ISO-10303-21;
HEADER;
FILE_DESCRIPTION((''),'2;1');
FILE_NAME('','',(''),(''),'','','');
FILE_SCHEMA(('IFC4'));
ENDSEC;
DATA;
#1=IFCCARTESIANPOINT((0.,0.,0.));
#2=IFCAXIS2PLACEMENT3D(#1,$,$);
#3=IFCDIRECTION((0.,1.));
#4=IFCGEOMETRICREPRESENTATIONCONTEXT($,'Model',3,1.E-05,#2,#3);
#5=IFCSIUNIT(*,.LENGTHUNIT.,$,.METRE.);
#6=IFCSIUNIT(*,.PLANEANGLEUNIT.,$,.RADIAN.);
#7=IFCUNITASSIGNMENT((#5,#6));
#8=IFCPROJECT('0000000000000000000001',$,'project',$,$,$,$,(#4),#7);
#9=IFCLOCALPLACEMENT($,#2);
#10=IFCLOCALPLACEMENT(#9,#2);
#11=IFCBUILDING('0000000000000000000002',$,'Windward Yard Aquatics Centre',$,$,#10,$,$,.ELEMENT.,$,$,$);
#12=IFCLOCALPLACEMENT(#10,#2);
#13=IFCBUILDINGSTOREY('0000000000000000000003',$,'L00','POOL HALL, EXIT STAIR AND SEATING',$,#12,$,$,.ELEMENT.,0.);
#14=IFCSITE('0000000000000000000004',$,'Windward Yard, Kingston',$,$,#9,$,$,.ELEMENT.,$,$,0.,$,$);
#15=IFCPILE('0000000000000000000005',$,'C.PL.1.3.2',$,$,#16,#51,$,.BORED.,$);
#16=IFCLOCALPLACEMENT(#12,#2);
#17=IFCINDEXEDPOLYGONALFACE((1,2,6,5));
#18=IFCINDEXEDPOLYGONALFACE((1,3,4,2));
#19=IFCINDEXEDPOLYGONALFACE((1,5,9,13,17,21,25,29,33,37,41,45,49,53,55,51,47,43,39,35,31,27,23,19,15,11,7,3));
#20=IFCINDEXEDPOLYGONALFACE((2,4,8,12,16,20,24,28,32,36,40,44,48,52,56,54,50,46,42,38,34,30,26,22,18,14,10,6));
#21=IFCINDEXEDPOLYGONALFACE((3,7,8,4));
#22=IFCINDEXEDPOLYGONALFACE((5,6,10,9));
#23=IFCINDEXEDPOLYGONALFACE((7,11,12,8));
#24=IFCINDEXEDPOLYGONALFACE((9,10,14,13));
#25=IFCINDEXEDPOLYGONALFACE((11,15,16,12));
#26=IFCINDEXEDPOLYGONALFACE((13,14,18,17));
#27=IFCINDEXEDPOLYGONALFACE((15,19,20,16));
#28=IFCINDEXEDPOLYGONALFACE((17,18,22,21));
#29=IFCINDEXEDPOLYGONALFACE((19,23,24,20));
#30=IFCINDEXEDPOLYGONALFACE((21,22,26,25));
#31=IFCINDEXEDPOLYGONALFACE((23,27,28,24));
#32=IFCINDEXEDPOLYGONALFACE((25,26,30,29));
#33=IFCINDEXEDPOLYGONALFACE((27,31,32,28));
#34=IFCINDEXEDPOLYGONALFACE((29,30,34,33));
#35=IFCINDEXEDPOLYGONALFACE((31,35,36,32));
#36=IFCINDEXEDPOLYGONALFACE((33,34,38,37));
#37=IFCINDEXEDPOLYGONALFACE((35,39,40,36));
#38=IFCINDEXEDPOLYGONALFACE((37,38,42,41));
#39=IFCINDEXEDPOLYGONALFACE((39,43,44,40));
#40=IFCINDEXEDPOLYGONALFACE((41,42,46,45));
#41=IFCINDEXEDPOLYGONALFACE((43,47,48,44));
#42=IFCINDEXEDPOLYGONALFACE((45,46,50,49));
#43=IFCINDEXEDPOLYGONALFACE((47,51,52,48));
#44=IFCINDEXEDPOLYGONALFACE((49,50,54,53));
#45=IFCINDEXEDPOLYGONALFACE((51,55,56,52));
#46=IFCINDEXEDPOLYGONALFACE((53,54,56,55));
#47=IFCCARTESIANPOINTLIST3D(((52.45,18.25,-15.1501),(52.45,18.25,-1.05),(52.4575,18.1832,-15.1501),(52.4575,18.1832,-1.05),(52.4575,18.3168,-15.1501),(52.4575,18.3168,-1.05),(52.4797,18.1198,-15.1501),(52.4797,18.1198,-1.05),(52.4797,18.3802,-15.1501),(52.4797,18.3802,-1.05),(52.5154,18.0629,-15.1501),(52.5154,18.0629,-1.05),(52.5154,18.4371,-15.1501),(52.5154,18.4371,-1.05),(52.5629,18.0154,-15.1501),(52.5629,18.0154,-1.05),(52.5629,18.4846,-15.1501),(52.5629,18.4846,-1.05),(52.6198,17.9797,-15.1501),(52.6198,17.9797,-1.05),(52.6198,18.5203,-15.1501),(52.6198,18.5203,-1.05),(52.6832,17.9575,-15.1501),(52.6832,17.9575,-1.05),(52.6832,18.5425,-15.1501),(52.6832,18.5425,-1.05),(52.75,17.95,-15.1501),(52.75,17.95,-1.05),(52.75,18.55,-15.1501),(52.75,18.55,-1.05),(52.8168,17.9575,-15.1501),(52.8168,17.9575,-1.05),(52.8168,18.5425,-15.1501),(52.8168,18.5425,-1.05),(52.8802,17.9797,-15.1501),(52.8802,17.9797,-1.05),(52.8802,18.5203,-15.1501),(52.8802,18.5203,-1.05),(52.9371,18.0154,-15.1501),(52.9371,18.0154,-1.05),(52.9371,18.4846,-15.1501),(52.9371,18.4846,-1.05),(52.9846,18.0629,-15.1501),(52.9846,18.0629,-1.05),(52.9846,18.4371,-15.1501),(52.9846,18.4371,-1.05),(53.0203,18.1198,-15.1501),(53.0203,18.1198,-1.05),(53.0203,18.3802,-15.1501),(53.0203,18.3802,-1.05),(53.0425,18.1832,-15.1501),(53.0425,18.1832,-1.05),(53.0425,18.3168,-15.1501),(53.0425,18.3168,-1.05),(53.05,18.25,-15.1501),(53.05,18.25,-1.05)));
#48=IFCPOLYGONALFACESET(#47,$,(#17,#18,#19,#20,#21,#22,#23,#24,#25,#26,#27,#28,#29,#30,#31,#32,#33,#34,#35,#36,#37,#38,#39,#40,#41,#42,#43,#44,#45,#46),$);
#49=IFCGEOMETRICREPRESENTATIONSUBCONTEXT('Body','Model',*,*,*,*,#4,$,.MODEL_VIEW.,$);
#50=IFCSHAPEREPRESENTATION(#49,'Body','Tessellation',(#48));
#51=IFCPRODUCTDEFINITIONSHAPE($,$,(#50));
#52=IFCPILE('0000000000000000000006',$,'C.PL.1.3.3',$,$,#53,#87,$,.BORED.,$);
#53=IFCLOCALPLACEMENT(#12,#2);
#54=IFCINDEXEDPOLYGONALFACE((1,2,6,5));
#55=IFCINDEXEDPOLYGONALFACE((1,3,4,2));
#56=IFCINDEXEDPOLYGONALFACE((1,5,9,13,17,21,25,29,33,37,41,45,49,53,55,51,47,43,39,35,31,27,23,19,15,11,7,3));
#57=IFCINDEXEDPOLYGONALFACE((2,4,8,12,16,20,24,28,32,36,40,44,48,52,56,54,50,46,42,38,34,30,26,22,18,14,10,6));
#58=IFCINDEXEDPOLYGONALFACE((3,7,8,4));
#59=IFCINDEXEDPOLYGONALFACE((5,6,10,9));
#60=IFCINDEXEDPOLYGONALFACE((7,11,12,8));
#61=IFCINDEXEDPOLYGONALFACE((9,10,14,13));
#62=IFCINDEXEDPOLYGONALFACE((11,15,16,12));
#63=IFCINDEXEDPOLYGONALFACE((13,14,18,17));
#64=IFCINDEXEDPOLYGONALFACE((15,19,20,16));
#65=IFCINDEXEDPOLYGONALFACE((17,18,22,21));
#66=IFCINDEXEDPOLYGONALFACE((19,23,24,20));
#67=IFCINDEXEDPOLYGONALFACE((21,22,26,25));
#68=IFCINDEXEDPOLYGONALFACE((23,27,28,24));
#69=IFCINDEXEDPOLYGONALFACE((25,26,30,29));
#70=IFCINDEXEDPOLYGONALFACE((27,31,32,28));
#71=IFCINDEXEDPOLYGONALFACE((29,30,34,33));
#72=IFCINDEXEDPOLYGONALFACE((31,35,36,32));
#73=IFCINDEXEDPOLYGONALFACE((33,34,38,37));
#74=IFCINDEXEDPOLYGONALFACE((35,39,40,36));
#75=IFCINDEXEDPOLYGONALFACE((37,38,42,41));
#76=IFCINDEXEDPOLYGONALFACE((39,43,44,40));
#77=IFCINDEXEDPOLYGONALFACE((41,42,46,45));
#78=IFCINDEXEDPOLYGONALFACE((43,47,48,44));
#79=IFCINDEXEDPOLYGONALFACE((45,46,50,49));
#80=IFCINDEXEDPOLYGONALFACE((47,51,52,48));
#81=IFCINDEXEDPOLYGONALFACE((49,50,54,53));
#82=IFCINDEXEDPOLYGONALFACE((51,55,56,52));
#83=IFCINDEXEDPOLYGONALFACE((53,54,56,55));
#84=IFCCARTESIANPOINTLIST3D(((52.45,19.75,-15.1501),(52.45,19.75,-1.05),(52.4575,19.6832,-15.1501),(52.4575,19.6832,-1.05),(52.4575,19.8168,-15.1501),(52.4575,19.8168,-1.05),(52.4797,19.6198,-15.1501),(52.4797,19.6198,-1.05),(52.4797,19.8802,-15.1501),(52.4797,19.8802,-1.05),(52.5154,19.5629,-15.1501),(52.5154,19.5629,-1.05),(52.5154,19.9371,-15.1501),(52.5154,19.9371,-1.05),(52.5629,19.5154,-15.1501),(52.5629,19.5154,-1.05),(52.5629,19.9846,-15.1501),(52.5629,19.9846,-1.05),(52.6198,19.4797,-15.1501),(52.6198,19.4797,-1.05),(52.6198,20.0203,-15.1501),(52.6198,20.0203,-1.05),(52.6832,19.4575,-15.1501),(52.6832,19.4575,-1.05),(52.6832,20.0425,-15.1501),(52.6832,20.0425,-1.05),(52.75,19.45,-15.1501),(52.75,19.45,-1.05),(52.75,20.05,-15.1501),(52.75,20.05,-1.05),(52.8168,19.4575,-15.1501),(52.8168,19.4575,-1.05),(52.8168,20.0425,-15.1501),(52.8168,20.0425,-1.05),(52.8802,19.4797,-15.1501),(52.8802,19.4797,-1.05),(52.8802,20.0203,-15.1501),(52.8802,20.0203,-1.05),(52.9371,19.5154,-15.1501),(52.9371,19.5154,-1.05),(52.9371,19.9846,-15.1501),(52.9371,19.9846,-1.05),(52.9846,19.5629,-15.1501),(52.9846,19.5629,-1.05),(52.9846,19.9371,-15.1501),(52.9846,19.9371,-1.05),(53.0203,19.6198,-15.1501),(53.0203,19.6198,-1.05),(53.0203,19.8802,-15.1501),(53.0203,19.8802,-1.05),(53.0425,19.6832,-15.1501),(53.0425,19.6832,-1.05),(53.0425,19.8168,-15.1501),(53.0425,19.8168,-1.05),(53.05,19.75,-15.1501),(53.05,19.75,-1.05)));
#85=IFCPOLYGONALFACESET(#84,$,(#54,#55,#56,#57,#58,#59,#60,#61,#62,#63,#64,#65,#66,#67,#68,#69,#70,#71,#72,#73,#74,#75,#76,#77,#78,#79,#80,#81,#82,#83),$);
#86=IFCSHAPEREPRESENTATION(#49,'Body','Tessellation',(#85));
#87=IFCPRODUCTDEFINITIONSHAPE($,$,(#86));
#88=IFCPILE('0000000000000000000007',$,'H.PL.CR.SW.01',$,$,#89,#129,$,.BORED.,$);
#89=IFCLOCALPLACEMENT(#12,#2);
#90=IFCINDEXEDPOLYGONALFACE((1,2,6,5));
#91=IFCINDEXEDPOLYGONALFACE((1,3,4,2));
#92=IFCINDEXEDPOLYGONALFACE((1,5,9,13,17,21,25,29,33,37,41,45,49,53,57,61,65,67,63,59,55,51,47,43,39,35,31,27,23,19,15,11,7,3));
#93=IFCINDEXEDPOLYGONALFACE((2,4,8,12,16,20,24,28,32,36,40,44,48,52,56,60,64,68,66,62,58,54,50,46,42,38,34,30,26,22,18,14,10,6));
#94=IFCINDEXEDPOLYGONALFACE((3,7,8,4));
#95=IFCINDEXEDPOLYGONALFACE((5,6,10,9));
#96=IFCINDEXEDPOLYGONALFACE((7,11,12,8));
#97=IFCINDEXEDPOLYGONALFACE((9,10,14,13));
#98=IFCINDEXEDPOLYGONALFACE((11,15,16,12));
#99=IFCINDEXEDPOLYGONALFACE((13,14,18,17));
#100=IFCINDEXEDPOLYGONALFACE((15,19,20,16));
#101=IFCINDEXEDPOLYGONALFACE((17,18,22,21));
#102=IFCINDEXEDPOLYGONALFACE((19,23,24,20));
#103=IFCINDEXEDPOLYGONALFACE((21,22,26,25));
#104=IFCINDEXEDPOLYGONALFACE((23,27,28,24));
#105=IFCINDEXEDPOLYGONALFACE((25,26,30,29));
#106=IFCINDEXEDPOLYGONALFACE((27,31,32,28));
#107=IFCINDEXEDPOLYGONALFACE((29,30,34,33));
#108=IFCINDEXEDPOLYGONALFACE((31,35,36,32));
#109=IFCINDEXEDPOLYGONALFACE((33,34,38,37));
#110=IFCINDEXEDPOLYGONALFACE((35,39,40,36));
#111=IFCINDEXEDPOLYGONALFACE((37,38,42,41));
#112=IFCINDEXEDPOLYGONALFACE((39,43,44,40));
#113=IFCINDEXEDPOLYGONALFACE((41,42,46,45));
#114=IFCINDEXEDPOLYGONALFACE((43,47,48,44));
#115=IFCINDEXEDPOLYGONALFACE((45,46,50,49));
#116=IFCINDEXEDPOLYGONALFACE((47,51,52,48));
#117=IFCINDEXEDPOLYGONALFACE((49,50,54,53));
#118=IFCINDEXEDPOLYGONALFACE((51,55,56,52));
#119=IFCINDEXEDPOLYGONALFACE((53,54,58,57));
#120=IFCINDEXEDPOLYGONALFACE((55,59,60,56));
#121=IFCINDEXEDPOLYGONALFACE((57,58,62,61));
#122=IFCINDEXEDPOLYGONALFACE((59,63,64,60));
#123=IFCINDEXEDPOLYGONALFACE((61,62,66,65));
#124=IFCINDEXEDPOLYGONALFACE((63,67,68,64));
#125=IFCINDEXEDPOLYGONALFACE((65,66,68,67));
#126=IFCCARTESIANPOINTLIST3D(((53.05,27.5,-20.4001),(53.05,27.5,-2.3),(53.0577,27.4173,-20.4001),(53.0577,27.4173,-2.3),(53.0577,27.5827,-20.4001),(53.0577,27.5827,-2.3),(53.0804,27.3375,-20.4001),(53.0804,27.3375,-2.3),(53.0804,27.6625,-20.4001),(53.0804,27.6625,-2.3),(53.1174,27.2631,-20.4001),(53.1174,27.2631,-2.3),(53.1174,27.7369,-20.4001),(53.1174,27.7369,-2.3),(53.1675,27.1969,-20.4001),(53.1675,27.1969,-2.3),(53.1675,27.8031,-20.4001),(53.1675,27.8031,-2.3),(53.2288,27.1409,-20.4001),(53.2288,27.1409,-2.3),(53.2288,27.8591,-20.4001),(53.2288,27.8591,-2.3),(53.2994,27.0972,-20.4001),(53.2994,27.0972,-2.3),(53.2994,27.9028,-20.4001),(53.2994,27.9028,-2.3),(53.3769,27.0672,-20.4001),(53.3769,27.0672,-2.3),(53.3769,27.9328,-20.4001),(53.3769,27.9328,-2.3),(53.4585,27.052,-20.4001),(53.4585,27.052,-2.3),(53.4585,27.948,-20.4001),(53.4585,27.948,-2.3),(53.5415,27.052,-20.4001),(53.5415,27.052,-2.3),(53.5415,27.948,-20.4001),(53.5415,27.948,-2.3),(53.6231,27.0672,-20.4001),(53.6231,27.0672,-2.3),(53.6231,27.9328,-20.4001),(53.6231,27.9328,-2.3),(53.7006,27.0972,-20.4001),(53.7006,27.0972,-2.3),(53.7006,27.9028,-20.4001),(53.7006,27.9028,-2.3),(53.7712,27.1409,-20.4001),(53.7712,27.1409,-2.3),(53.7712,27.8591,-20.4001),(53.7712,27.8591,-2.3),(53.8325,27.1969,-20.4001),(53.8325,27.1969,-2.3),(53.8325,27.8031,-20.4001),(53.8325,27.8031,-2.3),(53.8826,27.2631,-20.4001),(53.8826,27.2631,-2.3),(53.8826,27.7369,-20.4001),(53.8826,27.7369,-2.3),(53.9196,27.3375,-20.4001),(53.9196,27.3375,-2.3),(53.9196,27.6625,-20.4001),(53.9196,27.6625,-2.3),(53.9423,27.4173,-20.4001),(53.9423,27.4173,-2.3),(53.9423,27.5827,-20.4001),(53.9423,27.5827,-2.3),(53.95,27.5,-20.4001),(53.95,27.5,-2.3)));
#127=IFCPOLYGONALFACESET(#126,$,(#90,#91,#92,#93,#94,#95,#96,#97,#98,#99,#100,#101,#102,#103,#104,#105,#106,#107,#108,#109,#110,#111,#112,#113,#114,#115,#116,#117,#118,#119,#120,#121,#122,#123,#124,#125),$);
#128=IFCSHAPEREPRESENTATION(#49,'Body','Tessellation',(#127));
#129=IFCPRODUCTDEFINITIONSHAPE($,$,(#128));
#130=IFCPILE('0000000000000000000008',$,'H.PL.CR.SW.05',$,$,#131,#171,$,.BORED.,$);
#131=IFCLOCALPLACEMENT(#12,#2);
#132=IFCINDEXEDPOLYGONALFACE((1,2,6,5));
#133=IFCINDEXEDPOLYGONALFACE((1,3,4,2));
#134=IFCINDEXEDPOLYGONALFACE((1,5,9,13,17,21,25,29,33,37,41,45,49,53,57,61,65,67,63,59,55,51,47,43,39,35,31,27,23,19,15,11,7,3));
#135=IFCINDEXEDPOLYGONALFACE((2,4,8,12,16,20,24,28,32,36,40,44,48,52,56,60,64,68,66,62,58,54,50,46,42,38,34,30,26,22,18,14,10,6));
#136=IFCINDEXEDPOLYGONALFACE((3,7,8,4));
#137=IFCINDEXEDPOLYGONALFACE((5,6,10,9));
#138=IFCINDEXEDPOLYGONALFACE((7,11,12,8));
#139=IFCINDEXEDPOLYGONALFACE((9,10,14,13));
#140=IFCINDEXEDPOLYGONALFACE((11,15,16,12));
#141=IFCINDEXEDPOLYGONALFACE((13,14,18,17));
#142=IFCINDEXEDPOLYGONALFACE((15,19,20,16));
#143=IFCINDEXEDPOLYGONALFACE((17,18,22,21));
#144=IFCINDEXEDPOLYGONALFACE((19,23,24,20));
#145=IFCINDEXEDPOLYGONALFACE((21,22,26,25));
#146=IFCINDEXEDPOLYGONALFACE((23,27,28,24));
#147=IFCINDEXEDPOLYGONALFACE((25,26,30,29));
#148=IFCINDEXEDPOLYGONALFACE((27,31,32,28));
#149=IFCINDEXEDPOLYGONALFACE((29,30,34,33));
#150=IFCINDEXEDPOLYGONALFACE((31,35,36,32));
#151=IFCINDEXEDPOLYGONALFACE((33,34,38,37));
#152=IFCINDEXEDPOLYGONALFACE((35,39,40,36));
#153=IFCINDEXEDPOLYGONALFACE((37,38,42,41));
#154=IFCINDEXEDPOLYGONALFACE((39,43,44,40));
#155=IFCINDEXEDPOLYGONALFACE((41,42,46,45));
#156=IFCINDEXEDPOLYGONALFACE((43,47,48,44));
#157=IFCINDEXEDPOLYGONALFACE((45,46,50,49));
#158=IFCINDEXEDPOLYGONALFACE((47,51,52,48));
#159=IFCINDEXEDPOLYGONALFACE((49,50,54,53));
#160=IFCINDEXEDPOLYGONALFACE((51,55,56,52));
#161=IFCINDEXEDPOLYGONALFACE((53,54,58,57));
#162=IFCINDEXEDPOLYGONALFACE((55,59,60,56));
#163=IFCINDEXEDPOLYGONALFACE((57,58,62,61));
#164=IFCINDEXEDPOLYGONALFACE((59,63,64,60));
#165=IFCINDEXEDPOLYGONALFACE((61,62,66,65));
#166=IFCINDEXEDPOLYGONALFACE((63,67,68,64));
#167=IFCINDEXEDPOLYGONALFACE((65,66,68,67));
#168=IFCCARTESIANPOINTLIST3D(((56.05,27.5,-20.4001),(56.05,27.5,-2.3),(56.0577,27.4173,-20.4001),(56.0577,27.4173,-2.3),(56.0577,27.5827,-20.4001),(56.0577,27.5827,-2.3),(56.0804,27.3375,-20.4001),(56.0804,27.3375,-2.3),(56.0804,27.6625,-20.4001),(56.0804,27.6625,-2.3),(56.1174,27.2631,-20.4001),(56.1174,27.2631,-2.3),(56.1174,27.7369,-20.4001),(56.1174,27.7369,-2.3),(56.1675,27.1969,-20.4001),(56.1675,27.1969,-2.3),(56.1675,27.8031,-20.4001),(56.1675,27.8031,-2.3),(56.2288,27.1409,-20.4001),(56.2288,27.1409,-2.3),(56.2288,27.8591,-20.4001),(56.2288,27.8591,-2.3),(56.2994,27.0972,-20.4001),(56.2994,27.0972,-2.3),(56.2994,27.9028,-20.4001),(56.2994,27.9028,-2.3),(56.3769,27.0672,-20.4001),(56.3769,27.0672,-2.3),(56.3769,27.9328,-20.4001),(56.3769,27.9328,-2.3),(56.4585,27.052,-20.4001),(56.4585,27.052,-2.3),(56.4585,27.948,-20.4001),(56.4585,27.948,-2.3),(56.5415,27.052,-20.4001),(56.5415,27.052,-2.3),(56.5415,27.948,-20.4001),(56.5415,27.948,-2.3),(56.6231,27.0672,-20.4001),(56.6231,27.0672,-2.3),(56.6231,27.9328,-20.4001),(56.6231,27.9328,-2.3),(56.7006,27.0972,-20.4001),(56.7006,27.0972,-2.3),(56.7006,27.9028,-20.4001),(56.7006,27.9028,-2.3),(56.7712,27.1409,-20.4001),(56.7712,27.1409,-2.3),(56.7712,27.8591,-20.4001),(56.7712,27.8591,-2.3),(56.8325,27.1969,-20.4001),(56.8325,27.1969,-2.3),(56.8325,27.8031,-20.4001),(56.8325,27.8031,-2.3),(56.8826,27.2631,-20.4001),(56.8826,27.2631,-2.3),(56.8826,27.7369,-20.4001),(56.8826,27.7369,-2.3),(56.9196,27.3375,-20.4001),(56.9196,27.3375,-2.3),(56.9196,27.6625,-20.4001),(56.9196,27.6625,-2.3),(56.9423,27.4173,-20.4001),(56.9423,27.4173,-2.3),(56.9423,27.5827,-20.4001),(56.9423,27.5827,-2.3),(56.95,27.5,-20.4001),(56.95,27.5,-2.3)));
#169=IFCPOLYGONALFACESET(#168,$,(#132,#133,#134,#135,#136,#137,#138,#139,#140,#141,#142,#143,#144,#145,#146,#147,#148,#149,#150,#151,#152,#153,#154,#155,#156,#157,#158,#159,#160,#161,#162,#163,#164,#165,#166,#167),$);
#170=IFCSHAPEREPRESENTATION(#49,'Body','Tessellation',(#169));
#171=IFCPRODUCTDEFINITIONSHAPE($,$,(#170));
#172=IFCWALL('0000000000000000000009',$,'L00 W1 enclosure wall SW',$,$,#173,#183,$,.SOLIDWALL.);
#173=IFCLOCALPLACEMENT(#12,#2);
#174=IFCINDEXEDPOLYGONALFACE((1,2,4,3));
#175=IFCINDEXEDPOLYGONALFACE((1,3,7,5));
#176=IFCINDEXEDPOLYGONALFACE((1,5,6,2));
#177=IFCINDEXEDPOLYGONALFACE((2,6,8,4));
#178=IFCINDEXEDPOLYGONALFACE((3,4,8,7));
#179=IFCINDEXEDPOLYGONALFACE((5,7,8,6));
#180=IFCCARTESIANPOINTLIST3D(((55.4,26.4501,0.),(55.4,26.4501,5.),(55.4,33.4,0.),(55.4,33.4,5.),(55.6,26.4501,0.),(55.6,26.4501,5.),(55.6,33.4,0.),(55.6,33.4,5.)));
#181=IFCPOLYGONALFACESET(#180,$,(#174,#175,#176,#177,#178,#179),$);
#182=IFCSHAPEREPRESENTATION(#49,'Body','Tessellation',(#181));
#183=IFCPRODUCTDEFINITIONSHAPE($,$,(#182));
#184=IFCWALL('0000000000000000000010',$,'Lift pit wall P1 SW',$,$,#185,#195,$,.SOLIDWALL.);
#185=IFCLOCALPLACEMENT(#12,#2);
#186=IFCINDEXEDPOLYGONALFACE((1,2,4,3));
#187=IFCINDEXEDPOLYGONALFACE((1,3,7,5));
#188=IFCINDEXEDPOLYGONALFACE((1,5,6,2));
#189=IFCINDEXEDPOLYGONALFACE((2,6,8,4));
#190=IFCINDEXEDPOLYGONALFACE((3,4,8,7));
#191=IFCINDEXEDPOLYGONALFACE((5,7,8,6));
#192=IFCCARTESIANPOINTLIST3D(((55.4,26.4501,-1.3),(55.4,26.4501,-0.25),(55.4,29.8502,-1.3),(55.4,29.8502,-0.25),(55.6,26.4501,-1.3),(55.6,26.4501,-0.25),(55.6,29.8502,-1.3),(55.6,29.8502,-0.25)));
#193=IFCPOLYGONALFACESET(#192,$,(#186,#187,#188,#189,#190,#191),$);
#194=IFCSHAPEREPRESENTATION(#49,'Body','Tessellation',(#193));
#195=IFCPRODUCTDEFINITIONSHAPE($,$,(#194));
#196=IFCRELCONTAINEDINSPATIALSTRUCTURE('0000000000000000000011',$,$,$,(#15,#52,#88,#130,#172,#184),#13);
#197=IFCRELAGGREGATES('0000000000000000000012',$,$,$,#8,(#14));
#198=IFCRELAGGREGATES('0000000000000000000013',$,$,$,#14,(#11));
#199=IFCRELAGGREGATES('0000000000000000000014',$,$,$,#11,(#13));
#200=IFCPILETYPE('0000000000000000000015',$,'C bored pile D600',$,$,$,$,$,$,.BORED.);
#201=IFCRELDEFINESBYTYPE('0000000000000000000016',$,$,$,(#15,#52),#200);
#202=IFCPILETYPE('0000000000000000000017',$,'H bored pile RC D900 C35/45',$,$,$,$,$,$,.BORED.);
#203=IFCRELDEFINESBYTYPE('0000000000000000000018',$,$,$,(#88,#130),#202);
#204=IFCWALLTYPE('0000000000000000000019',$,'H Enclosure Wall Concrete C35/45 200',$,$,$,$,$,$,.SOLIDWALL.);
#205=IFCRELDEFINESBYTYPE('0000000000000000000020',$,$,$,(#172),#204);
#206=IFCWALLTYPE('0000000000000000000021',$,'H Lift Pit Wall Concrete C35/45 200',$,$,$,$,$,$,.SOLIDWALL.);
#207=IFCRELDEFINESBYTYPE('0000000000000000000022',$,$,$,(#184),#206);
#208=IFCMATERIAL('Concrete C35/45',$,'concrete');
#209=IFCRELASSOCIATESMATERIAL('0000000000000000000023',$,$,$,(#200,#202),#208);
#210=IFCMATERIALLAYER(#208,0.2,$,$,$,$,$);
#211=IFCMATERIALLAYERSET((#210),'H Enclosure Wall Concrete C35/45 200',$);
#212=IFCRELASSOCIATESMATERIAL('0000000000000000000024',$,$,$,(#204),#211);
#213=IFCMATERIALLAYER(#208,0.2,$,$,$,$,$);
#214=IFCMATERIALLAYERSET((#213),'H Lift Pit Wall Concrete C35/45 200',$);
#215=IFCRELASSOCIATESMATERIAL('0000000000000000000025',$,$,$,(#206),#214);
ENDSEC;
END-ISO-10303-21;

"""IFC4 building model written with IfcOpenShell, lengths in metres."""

from ifc_helpers import new_model, si_unit, direction, frame, frame_2d, origin, origin_2d, place, context, subcontext, project, spatial, rectangle, circle, extrude, material, layer, layer_set, material_profile, profile_set, type_object, element, save


model = new_model("IFC4")

# Units and contexts
model_context = context("Model", 3, precision=1e-05, world=origin(), true_north=direction((0.0, 1.0)))
body_context = subcontext(model_context, "Body", "Model", "MODEL_VIEW")
ifc_project = project(units=[si_unit("LENGTHUNIT", "METRE"), si_unit("PLANEANGLEUNIT", "RADIAN")], contexts=[model_context])

# Site, building, storey
site_placement = place(None, origin())
site = spatial("IfcSite", under=ifc_project, at=site_placement, Name="Windward Yard, Kingston", CompositionType="ELEMENT", RefElevation=0.0)
building_placement = place(site_placement, origin())
building = spatial("IfcBuilding", under=site, at=building_placement, Name="Windward Yard Aquatics Centre", CompositionType="ELEMENT")
storey_placement = place(building_placement, origin())
storey = spatial("IfcBuildingStorey", under=building, at=storey_placement, Name="L00", Description="POOL HALL, EXIT STAIR AND SEATING", CompositionType="ELEMENT", Elevation=0.0)

# Piles
ifc_material_1 = material(Name="Concrete C35/45", Category="concrete")
ifc_material_profile_1 = material_profile(ifc_material_1, circle(Radius=0.3, at=origin_2d()), Name="RC D600")
ifc_profile_set_1 = profile_set([ifc_material_profile_1], Name="Concrete C35/45")
pile_type_1 = type_object("IfcPileType", Name="C bored pile D600", PredefinedType="BORED", material=ifc_profile_set_1)
for number, where, z_axis, x_axis, name in (
    (1, (52.75, 18.25, -1.05), (0.0, 0.0, -1.0), (1.0, 0.0, 0.0), "C.PL.1.3.2"),
    (2, (52.75, 19.75, -1.05), (0.0, 0.0, -1.0), (1.0, 0.0, 0.0), "C.PL.1.3.3"),
):
    element("IfcPile", number, at=place(storey_placement, frame(where, z_axis=z_axis, x_axis=x_axis)), inside=storey, type_object=pile_type_1, Name=name, PredefinedType="BORED", context=body_context, shape_type="SweptSolid", body=[
        extrude(circle(Radius=0.3, at=origin_2d()), origin(), (0.0, 0.0, 1.0), 14.1001),
    ])
ifc_material_profile_2 = material_profile(ifc_material_1, circle(Radius=0.45, at=origin_2d()), Name="RC D900")
ifc_profile_set_2 = profile_set([ifc_material_profile_2], Name="Concrete C35/45")
pile_type_2 = type_object("IfcPileType", Name="H bored pile RC D900 C35/45", PredefinedType="BORED", material=ifc_profile_set_2)
for number, where, z_axis, x_axis, name in (
    (3, (53.5, 27.5, -2.3), (0.0, 0.0, -1.0), (1.0, 0.0, 0.0), "H.PL.CR.SW.01"),
    (4, (56.5, 27.5, -2.3), (0.0, 0.0, -1.0), (1.0, 0.0, 0.0), "H.PL.CR.SW.05"),
):
    element("IfcPile", number, at=place(storey_placement, frame(where, z_axis=z_axis, x_axis=x_axis)), inside=storey, type_object=pile_type_2, Name=name, PredefinedType="BORED", context=body_context, shape_type="SweptSolid", body=[
        extrude(circle(Radius=0.45, at=origin_2d()), origin(), (0.0, 0.0, 1.0), 18.1001),
    ])

# Walls
ifc_layer_1 = layer(ifc_material_1, 0.2)
ifc_layer_set_1 = layer_set([ifc_layer_1], Name="H Enclosure Wall Concrete C35/45 200")
wall_type_1 = type_object("IfcWallType", Name="H Enclosure Wall Concrete C35/45 200", PredefinedType="SOLIDWALL", material=ifc_layer_set_1)
wall_1_placement = place(storey_placement, frame((55.5, 26.45, 0.0), z_axis=(0.0, 0.0, 1.0), x_axis=(0.0, 1.0, 0.0)))
element("IfcWall", 5, at=wall_1_placement, inside=storey, type_object=wall_type_1, Name="L00 W1 enclosure wall SW", PredefinedType="SOLIDWALL", context=body_context, shape_type="SweptSolid", body=[
    extrude(rectangle(XDim=6.95, YDim=0.2, at=frame_2d((3.4751, 0.0))), origin(), (0.0, 0.0, 1.0), 5.0),
])
ifc_layer_2 = layer(ifc_material_1, 0.2)
ifc_layer_set_2 = layer_set([ifc_layer_2], Name="H Lift Pit Wall Concrete C35/45 200")
wall_type_2 = type_object("IfcWallType", Name="H Lift Pit Wall Concrete C35/45 200", PredefinedType="SOLIDWALL", material=ifc_layer_set_2)
wall_2_placement = place(storey_placement, frame((55.5, 26.45, -1.3), z_axis=(0.0, 0.0, 1.0), x_axis=(0.0, 1.0, 0.0)))
element("IfcWall", 6, at=wall_2_placement, inside=storey, type_object=wall_type_2, Name="Lift pit wall P1 SW", PredefinedType="SOLIDWALL", context=body_context, shape_type="SweptSolid", body=[
    extrude(rectangle(XDim=3.4001, YDim=0.2, at=frame_2d((1.7002, 0.0))), origin(), (0.0, 0.0, 1.0), 1.05),
])

save(model, "model.ifc")
